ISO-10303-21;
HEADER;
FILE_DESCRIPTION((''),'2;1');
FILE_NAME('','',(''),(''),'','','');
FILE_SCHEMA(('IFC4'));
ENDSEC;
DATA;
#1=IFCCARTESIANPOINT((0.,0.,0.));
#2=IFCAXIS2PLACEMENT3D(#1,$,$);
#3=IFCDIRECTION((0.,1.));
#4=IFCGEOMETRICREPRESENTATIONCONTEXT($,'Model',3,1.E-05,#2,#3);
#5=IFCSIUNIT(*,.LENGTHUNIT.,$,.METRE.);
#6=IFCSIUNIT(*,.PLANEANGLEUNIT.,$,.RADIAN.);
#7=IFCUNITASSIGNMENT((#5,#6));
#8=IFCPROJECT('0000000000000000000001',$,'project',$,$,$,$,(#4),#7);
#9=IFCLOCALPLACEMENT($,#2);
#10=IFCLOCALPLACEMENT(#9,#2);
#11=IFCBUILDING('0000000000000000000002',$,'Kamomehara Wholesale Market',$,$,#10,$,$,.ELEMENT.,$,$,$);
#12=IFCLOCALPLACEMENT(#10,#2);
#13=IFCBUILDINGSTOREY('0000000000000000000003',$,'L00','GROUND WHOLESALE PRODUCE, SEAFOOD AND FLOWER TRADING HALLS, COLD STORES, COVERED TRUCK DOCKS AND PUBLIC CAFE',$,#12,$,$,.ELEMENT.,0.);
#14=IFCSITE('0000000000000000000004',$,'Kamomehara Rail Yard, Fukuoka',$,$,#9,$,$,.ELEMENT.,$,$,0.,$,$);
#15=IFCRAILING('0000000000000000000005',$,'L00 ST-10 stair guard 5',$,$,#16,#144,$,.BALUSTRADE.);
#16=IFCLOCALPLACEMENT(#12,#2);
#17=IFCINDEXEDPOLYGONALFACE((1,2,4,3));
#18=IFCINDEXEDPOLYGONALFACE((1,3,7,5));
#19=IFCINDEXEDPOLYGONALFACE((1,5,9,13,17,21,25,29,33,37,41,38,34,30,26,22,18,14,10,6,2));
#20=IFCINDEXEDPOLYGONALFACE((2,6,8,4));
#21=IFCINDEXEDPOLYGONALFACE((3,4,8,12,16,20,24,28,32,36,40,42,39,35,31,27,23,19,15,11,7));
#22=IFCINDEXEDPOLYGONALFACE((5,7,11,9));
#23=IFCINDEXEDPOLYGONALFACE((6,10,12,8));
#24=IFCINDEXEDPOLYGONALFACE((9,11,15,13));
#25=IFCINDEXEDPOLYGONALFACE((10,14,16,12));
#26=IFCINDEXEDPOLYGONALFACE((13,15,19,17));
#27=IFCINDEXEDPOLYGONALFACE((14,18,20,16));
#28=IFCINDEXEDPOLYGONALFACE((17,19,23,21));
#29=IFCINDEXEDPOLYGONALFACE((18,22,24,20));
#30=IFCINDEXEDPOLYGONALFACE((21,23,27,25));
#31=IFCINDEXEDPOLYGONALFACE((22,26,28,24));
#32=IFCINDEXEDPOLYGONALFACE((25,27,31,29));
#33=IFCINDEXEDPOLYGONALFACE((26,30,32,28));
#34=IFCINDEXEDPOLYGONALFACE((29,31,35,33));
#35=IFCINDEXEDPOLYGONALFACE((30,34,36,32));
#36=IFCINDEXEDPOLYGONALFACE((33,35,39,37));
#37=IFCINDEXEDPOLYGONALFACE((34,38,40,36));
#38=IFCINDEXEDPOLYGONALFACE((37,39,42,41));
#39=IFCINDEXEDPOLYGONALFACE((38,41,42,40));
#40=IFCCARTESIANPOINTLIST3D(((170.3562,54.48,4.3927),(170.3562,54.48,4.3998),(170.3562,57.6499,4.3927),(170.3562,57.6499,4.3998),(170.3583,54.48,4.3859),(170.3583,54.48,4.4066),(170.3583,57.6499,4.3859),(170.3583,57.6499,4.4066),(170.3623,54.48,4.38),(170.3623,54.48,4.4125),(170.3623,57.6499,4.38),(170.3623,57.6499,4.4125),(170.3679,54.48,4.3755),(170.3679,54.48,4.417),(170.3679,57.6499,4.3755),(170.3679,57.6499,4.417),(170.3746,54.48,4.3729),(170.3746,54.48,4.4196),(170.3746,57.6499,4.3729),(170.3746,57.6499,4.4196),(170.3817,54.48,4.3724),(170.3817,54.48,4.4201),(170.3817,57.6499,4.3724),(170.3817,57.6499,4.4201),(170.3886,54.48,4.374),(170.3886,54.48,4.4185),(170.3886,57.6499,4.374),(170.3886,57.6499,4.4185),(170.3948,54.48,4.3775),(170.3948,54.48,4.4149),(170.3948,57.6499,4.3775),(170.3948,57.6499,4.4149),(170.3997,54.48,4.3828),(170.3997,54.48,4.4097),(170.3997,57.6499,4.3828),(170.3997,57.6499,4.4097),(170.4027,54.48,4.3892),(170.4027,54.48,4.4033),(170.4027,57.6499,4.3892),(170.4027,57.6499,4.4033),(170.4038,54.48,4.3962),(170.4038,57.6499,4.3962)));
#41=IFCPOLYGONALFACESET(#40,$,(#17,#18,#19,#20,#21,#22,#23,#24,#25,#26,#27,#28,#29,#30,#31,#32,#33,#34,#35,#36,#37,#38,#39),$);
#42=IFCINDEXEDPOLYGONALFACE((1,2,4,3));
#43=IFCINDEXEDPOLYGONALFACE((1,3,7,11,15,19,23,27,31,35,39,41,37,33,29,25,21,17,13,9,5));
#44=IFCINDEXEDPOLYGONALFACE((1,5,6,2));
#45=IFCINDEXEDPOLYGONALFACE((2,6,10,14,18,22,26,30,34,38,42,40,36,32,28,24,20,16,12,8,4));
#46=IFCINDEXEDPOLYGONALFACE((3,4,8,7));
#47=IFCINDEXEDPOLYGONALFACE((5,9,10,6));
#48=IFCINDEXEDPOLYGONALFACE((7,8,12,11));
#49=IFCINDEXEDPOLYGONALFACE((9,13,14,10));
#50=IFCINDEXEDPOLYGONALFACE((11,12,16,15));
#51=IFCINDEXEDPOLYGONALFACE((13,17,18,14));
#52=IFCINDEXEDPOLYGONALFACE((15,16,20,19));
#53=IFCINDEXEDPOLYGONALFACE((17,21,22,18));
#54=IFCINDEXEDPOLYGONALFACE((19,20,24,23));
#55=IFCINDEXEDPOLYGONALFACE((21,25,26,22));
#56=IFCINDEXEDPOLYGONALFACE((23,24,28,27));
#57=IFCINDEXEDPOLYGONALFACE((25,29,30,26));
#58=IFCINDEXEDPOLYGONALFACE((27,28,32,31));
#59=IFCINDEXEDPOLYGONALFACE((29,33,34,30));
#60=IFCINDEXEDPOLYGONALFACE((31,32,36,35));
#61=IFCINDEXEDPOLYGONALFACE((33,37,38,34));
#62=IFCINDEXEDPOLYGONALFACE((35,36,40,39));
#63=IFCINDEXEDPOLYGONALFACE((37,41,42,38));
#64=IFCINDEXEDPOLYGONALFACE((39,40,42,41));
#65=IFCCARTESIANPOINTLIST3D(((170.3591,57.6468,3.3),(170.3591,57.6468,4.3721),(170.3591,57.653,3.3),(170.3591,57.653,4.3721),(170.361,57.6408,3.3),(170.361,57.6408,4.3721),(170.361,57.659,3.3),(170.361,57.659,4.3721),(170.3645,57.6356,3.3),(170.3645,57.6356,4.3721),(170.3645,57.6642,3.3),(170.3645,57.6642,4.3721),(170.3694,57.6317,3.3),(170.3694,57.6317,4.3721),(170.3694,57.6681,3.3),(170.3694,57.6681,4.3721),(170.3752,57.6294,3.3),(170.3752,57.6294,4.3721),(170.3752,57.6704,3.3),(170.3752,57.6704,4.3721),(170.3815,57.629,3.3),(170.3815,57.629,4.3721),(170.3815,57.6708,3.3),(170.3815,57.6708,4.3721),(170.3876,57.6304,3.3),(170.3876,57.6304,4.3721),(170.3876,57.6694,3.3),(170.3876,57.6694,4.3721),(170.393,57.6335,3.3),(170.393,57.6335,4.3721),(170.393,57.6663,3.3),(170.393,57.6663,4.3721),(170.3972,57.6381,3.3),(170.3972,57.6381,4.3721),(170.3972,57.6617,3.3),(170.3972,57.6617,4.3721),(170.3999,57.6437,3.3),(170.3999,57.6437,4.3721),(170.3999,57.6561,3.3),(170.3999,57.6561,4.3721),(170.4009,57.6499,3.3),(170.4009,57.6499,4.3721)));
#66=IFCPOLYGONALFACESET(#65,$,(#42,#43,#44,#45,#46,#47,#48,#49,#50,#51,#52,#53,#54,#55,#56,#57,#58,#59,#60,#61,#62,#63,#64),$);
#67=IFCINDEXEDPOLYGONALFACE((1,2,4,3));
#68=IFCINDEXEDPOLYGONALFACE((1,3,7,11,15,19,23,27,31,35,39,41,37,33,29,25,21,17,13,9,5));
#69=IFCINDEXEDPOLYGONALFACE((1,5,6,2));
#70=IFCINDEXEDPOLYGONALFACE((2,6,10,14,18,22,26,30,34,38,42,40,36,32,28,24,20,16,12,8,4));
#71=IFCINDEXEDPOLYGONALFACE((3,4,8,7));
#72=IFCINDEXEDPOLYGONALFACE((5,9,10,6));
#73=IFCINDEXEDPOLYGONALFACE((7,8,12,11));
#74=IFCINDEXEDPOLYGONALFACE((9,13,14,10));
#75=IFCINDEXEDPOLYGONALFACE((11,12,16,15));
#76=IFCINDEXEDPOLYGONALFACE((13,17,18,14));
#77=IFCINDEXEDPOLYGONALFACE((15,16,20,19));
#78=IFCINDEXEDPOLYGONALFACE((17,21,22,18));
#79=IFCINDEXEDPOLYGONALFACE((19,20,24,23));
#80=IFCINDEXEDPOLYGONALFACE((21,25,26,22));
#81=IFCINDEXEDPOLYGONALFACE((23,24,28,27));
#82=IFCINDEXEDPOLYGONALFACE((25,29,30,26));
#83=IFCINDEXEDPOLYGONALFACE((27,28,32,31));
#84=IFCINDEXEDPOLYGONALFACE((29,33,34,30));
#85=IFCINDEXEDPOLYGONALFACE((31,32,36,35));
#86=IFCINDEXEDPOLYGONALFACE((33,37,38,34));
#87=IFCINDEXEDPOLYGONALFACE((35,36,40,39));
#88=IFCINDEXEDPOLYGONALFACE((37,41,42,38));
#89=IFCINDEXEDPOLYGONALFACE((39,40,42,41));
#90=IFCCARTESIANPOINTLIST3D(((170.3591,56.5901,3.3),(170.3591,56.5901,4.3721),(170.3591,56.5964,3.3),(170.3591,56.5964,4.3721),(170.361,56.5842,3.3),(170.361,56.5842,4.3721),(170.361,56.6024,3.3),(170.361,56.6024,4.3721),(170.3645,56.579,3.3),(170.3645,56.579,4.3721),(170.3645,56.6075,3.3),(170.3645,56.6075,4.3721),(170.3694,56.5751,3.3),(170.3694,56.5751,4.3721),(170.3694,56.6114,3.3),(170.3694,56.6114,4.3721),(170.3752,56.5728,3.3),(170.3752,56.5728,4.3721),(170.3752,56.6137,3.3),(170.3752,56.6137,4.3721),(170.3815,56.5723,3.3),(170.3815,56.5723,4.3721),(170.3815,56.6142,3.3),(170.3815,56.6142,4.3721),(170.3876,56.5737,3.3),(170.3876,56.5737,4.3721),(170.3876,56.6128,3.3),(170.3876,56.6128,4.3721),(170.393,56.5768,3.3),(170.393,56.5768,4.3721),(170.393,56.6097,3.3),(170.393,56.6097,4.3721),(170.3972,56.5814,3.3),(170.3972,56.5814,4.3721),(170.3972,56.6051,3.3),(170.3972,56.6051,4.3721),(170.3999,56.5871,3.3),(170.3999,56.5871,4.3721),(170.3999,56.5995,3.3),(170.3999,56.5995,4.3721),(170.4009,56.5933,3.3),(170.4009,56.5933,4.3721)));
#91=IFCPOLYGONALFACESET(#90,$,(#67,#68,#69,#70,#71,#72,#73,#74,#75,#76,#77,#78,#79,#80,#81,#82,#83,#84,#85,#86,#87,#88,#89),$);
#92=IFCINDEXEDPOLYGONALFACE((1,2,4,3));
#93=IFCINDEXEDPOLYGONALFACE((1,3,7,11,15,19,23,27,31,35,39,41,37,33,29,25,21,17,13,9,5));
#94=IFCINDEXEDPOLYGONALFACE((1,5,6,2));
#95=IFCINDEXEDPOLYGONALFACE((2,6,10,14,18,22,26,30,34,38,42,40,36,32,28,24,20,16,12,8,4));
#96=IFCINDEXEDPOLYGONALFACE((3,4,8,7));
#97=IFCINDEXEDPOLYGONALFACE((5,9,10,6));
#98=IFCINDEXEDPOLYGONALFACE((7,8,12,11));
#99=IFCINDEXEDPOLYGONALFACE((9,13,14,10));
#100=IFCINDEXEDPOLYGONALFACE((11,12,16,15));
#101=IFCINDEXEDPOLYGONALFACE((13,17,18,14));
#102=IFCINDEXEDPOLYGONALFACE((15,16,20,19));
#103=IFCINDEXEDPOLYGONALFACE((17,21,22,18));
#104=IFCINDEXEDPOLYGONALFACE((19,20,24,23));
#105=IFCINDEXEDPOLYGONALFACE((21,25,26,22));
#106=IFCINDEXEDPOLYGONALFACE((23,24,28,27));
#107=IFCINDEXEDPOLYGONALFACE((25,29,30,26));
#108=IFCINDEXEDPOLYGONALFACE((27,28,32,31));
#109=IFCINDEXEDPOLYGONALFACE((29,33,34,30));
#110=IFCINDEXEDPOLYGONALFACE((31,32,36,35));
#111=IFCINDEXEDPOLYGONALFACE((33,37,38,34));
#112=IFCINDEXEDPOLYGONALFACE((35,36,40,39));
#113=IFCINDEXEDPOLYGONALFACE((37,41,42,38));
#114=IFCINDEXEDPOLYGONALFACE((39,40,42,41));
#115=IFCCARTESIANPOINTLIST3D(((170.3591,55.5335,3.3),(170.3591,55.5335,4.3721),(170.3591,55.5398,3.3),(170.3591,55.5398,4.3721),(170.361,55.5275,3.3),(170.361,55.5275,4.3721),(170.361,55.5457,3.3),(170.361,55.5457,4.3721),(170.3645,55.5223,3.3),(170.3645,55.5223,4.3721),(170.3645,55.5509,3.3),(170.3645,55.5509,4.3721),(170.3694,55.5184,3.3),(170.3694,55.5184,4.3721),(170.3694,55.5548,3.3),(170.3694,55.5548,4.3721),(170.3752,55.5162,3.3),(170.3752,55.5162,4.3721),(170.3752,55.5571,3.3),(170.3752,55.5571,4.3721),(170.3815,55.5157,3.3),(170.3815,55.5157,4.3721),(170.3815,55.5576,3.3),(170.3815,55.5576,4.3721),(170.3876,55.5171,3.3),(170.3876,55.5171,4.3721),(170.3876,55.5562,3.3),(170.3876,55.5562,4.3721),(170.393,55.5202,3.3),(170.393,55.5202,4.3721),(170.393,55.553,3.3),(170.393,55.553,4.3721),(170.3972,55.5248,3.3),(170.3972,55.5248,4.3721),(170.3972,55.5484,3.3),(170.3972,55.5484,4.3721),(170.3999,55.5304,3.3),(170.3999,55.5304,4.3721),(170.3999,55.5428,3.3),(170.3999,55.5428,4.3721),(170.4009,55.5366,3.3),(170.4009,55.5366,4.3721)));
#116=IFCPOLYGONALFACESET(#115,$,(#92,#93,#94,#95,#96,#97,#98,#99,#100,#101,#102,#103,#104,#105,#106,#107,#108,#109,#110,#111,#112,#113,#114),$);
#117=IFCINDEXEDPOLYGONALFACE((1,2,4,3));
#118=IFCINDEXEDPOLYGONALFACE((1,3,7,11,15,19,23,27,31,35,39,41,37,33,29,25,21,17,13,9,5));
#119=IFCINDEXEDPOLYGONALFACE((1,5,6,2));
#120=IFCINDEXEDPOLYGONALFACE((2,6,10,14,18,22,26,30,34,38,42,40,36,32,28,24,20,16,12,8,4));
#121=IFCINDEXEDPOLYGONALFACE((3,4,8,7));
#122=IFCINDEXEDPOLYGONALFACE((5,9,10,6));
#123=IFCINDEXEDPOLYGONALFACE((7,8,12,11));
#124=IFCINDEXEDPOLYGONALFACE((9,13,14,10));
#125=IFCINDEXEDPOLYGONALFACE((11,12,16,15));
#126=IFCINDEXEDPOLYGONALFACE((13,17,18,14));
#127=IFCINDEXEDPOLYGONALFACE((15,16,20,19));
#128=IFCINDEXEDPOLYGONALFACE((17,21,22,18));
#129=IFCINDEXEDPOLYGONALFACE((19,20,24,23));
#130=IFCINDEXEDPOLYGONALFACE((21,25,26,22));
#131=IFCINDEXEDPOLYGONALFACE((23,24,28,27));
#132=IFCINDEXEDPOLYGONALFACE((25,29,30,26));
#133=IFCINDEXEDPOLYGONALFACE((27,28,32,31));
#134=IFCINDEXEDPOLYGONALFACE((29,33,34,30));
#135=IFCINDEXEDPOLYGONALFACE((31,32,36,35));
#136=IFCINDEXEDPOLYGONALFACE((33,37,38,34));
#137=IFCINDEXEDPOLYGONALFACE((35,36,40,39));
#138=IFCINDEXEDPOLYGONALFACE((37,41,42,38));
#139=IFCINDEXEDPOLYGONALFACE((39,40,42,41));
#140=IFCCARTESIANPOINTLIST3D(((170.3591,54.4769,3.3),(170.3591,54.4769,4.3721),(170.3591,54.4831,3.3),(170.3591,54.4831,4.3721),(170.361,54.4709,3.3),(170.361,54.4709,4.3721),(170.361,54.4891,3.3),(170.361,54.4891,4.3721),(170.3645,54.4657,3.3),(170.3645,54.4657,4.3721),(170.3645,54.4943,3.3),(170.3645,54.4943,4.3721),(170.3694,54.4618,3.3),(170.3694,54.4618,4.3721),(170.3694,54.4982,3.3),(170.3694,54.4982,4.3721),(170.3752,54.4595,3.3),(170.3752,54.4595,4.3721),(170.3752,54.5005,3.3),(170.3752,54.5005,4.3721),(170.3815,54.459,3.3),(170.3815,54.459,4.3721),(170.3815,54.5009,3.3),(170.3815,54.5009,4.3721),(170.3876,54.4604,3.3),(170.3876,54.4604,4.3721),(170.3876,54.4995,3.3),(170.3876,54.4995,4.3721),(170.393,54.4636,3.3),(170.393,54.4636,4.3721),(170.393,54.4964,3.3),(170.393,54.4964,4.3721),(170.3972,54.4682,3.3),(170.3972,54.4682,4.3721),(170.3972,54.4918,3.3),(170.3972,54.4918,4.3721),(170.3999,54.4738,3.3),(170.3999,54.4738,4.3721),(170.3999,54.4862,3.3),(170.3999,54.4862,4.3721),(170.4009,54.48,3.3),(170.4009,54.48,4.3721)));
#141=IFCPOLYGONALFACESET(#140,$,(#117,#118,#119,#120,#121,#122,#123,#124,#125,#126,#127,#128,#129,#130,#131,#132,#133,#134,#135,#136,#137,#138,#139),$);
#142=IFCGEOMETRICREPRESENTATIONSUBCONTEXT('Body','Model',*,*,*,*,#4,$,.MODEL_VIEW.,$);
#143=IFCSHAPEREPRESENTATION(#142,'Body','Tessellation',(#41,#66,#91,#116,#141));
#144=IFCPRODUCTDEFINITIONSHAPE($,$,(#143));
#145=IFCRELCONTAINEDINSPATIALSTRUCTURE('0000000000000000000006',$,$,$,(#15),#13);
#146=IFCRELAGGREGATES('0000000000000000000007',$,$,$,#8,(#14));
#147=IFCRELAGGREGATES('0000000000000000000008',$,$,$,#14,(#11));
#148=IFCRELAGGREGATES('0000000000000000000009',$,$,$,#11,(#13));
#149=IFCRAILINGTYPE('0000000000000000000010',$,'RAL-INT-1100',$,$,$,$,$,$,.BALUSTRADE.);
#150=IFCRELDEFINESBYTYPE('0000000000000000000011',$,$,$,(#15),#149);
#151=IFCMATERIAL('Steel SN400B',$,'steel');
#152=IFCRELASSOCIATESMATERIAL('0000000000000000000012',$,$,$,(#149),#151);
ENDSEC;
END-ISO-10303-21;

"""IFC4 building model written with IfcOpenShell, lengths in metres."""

from ifc_helpers import new_model, si_unit, direction, frame, origin, origin_2d, place, context, subcontext, project, spatial, circle, extrude, material, type_object, element, save


model = new_model("IFC4")

# Units and contexts
model_context = context("Model", 3, precision=1e-05, world=origin(), true_north=direction((0.0, 1.0)))
body_context = subcontext(model_context, "Body", "Model", "MODEL_VIEW")
ifc_project = project(units=[si_unit("LENGTHUNIT", "METRE"), si_unit("PLANEANGLEUNIT", "RADIAN")], contexts=[model_context])

# Site, building, storey
site_placement = place(None, origin())
site = spatial("IfcSite", under=ifc_project, at=site_placement, Name="Kamomehara Rail Yard, Fukuoka", CompositionType="ELEMENT", RefElevation=0.0)
building_placement = place(site_placement, origin())
building = spatial("IfcBuilding", under=site, at=building_placement, Name="Kamomehara Wholesale Market", CompositionType="ELEMENT")
storey_placement = place(building_placement, origin())
storey = spatial("IfcBuildingStorey", under=building, at=storey_placement, Name="L00", Description="GROUND WHOLESALE PRODUCE, SEAFOOD AND FLOWER TRADING HALLS, COLD STORES, COVERED TRUCK DOCKS AND PUBLIC CAFE", CompositionType="ELEMENT", Elevation=0.0)

# Railing
ifc_material_1 = material(Name="Steel SN400B", Category="steel")
railing_type_1 = type_object("IfcRailingType", Name="RAL-INT-1100", PredefinedType="BALUSTRADE", material=ifc_material_1)
railing_1_placement = place(storey_placement, frame((170.3799, 57.6499, 3.3)))
element("IfcRailing", 1, at=railing_1_placement, inside=storey, type_object=railing_type_1, Name="L00 ST-10 stair guard 5", PredefinedType="BALUSTRADE", context=body_context, shape_type="SweptSolid", body=[
    extrude(circle(Radius=0.0239, at=origin_2d()), frame((0.0, 0.0, 1.0962), z_axis=(0.0, -1.0, 0.0), x_axis=(1.0, 0.0, 0.0)), (0.0, 0.0, 1.0), 3.1699),
    extrude(circle(Radius=0.021, at=origin_2d()), origin(), (0.0, 0.0, 1.0), 1.072),
    extrude(circle(Radius=0.021, at=origin_2d()), frame((0.0, -1.0566, 0.0)), (0.0, 0.0, 1.0), 1.072),
    extrude(circle(Radius=0.021, at=origin_2d()), frame((0.0, -2.1133, 0.0)), (0.0, 0.0, 1.0), 1.072),
    extrude(circle(Radius=0.021, at=origin_2d()), frame((0.0, -3.1699, 0.0)), (0.0, 0.0, 1.0), 1.072),
])

save(model, "model.ifc")
